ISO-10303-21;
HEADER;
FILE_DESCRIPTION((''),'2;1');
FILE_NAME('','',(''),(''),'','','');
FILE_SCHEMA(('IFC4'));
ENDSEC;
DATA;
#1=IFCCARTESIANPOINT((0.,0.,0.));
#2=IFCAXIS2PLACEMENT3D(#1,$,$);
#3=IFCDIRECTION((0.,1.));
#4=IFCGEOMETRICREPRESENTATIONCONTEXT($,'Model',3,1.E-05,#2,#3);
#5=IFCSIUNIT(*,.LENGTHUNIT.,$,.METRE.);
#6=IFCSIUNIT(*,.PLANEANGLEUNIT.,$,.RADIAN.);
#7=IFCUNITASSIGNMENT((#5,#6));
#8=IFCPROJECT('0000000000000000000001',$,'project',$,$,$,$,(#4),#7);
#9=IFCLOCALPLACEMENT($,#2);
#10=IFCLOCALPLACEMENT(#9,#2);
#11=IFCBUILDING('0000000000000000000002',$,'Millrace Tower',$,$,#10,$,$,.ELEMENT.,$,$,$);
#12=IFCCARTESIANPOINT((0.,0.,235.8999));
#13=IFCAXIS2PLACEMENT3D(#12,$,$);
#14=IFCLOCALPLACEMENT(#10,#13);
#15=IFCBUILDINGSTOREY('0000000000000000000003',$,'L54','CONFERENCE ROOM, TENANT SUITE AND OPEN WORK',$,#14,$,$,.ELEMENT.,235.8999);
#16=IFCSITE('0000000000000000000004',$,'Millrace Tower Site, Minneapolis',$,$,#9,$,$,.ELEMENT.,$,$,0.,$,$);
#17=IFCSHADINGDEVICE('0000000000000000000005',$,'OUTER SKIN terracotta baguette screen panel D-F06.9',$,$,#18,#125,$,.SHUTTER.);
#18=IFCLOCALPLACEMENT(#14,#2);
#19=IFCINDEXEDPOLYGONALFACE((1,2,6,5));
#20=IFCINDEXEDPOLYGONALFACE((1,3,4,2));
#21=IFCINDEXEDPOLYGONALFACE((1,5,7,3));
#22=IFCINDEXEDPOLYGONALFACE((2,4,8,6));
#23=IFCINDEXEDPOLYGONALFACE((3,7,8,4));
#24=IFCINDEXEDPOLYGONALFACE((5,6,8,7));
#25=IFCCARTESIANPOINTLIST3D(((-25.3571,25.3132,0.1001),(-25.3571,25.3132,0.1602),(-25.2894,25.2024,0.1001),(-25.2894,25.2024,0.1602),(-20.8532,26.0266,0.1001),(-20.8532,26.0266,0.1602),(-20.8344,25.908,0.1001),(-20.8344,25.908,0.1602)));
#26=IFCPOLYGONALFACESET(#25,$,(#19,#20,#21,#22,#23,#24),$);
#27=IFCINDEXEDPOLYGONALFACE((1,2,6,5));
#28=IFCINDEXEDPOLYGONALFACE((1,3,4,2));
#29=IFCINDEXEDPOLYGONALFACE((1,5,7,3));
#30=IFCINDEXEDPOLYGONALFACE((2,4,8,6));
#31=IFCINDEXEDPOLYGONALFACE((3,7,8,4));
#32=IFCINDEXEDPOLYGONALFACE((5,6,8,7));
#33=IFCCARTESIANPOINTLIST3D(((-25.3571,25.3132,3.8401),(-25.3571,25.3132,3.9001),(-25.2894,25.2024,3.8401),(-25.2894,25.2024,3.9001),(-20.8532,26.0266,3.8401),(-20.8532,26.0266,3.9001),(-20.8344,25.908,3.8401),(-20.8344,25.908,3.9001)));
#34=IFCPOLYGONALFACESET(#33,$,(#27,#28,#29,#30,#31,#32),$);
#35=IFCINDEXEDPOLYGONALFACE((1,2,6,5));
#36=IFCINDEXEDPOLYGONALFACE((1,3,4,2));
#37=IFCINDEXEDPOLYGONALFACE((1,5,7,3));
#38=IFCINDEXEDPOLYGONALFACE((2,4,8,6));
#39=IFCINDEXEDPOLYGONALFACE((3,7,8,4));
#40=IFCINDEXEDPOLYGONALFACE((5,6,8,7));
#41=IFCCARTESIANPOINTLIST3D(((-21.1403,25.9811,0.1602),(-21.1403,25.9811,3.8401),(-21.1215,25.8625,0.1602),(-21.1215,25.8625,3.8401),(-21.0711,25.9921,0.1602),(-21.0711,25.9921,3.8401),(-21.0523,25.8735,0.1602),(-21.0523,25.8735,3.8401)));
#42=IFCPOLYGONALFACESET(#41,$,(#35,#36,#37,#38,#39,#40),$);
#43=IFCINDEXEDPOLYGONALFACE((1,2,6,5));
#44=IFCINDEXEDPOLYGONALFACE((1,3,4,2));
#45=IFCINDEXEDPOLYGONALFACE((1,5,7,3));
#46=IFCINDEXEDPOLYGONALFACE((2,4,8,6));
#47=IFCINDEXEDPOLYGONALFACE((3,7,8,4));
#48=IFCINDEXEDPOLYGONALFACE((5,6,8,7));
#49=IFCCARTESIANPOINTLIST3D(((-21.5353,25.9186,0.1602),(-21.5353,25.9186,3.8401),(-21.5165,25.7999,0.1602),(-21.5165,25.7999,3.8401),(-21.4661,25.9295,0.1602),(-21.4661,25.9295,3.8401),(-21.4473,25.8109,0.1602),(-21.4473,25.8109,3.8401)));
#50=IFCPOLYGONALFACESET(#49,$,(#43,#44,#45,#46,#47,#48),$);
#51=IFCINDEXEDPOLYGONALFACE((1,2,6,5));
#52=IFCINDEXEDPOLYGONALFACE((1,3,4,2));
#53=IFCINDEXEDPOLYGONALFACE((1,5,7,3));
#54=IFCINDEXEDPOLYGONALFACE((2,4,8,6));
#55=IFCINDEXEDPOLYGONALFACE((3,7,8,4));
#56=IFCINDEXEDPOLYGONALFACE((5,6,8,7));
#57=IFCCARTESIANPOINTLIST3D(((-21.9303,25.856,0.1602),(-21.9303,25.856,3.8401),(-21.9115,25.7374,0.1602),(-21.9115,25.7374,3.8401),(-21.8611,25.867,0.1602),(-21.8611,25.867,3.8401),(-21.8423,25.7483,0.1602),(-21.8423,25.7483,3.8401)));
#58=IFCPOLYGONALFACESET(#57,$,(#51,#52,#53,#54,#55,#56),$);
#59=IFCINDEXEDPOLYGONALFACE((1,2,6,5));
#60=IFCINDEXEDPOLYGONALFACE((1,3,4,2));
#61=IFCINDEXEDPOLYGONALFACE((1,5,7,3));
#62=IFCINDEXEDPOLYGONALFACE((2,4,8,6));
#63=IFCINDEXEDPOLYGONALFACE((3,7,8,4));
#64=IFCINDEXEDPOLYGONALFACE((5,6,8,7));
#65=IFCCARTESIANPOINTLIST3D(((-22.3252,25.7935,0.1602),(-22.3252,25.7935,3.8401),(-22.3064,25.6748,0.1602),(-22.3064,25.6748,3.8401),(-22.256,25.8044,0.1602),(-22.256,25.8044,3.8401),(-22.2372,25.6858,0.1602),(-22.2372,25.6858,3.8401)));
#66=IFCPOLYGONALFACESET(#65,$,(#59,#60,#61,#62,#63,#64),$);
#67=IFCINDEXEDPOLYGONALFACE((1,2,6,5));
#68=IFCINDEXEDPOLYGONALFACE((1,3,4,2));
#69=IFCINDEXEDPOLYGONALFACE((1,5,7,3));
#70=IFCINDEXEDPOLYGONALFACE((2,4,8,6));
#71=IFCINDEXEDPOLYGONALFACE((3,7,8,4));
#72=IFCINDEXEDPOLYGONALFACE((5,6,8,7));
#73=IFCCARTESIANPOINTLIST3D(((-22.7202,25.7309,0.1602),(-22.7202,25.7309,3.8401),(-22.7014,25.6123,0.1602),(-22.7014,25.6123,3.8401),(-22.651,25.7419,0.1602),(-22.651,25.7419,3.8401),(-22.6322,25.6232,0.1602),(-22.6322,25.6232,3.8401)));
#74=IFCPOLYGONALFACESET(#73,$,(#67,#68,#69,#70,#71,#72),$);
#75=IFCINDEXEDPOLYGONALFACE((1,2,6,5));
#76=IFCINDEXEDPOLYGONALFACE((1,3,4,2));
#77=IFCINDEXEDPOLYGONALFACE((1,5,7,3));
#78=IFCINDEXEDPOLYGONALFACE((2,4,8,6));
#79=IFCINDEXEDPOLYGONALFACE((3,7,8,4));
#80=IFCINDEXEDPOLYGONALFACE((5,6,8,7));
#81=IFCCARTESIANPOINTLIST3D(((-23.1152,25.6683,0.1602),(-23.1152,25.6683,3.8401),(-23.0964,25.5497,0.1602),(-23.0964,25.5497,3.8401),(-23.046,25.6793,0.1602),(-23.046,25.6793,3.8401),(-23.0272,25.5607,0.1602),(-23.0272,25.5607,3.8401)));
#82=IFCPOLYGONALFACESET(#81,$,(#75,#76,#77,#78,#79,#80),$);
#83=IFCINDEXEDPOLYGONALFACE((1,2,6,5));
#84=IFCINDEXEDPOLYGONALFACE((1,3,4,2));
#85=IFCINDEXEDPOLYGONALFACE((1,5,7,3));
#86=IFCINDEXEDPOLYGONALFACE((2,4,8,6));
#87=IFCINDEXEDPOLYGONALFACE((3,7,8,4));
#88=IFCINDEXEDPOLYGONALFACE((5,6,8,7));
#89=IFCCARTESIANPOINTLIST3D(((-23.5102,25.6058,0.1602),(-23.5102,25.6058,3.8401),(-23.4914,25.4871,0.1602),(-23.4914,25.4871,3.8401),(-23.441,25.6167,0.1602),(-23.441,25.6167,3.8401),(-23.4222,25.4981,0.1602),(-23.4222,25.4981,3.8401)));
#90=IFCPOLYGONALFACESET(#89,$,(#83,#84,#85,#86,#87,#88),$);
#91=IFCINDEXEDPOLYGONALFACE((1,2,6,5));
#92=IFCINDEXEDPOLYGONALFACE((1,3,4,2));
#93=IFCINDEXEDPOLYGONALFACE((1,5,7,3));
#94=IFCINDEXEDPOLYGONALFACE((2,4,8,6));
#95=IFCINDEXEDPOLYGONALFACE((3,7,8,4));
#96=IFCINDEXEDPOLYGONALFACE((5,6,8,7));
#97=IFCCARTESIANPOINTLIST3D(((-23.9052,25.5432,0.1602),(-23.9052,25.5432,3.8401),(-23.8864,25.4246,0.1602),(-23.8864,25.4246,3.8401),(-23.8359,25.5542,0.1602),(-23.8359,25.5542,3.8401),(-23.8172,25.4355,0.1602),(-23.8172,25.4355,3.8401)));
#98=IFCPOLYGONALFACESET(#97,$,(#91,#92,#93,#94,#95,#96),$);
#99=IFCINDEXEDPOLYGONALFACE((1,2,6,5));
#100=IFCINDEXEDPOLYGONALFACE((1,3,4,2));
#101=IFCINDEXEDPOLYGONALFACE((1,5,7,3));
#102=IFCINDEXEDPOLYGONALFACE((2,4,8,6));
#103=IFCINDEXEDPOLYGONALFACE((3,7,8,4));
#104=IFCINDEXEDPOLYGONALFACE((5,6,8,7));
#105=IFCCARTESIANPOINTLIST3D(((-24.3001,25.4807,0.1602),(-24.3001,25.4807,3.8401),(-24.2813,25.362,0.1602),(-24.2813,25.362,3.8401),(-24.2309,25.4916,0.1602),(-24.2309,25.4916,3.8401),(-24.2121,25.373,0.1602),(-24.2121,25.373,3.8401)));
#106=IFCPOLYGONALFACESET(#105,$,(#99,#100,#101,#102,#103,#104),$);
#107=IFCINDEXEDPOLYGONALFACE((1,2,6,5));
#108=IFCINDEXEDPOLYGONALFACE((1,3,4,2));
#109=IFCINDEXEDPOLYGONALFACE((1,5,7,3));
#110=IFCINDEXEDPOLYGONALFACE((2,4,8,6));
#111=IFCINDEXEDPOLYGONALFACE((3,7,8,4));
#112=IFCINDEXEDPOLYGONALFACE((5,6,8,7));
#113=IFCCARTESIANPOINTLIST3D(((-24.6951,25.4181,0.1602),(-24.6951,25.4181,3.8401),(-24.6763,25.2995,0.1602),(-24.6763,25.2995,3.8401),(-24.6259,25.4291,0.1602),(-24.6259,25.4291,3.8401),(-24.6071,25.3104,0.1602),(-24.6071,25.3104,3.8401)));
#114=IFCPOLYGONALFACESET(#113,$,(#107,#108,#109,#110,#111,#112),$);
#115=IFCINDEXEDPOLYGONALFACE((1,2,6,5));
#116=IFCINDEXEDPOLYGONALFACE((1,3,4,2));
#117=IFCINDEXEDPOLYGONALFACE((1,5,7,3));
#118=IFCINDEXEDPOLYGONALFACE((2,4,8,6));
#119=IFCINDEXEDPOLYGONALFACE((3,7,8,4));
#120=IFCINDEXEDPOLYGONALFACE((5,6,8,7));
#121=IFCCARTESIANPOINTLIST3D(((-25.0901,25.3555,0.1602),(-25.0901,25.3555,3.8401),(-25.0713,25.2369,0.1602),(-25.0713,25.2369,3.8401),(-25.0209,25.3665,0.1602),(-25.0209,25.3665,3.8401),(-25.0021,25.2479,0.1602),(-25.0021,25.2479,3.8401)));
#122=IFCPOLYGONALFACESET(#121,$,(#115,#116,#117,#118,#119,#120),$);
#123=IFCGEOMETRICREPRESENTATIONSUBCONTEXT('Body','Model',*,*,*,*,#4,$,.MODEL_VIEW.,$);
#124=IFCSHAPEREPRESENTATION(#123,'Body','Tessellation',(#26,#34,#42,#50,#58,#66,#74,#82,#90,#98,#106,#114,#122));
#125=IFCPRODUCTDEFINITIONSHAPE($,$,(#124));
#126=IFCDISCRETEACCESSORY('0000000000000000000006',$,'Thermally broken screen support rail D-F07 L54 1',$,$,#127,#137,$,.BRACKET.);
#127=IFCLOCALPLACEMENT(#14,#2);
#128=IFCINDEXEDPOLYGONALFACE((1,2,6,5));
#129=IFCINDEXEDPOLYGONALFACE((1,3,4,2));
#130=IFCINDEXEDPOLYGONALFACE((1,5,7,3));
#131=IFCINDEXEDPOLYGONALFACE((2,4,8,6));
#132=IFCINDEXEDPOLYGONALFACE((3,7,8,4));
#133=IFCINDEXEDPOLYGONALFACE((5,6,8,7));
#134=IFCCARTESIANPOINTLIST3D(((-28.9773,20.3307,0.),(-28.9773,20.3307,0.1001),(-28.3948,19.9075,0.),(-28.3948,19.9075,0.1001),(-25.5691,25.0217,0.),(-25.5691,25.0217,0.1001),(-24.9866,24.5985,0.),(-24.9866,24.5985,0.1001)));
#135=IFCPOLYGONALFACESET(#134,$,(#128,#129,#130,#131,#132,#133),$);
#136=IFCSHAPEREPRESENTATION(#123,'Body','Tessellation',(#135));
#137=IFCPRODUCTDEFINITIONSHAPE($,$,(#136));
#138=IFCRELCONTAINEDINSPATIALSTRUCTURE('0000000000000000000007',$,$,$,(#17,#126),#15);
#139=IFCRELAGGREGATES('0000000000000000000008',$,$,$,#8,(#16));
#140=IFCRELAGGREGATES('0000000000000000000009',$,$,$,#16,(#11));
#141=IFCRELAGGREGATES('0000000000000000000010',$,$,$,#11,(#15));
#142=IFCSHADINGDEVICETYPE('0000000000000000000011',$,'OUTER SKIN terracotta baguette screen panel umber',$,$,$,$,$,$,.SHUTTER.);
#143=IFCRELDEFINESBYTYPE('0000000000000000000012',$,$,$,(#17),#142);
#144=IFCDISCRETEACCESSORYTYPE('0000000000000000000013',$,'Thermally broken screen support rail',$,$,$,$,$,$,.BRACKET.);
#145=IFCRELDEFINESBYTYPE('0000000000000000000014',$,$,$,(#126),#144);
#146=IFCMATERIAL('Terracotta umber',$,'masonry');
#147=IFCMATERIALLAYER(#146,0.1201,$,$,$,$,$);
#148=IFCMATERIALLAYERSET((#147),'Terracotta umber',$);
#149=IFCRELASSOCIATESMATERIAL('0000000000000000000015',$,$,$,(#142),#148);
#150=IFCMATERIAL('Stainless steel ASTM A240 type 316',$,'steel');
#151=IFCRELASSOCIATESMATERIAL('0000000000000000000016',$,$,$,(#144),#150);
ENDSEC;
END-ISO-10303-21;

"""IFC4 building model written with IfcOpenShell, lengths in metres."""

from ifc_helpers import new_model, entity, si_unit, direction, frame, frame_2d, origin, origin_2d, place, context, subcontext, project, spatial, rectangle, extrude, source, transform, mapped, material, layer, layer_set, type_object, element, save


model = new_model("IFC4")

# Units and contexts
model_context = context("Model", 3, precision=1e-05, world=origin(), true_north=direction((0.0, 1.0)))
body_context = subcontext(model_context, "Body", "Model", "MODEL_VIEW")
ifc_project = project(units=[si_unit("LENGTHUNIT", "METRE"), si_unit("PLANEANGLEUNIT", "RADIAN")], contexts=[model_context])

# Site, building, storey
site_placement = place(None, origin())
site = spatial("IfcSite", under=ifc_project, at=site_placement, Name="Millrace Tower Site, Minneapolis", CompositionType="ELEMENT", RefElevation=0.0)
building_placement = place(site_placement, origin())
building = spatial("IfcBuilding", under=site, at=building_placement, Name="Millrace Tower", CompositionType="ELEMENT")
storey_placement = place(building_placement, frame((0.0, 0.0, 235.8999)))
storey = spatial("IfcBuildingStorey", under=building, at=storey_placement, Name="L54", Description="CONFERENCE ROOM, TENANT SUITE AND OPEN WORK", CompositionType="ELEMENT", Elevation=235.8999)

# Shading device
ifc_material_1 = material(Name="Terracotta umber", Category="masonry")
ifc_layer_1 = layer(ifc_material_1, 0.1201)
ifc_layer_set_1 = layer_set([ifc_layer_1], Name="Terracotta umber")
shading_device_type = type_object("IfcShadingDeviceType", Name="OUTER SKIN terracotta baguette screen panel umber", PredefinedType="SHUTTER", material=ifc_layer_set_1)
cartesian_point_1 = entity("IfcCartesianPoint", [-2.2676, 0.0601])
shared_polyline_1 = entity("IfcPolyline", [cartesian_point_1, entity("IfcCartesianPoint", [2.2429, 0.0601]), entity("IfcCartesianPoint", [2.2925, -0.0601]), entity("IfcCartesianPoint", [-2.2676, -0.0601]), cartesian_point_1])
shared_shape_1 = source(origin(), body_context, "Body", "SweptSolid", [
    entity("IfcExtrudedAreaSolid", entity("IfcArbitraryClosedProfileDef", "AREA", None, shared_polyline_1), entity("IfcAxis2Placement3D", entity("IfcCartesianPoint", [0.0, 0.0, 0.0])), entity("IfcDirection", [0.0, 0.0, 1.0]), 0.0601),
    entity("IfcExtrudedAreaSolid", entity("IfcArbitraryClosedProfileDef", "AREA", None, shared_polyline_1), entity("IfcAxis2Placement3D", entity("IfcCartesianPoint", [0.0, 0.0, 3.74])), entity("IfcDirection", [0.0, 0.0, 1.0]), 0.0601),
    extrude(rectangle(XDim=0.0701, YDim=0.1201, at=frame_2d((-2.012, 0.0))), frame((0.0, 0.0, 0.0601)), (0.0, 0.0, 1.0), 3.6799),
    extrude(rectangle(XDim=0.0701, YDim=0.1201, at=frame_2d((-1.6121, 0.0))), frame((0.0, 0.0, 0.0601)), (0.0, 0.0, 1.0), 3.6799),
    extrude(rectangle(XDim=0.0701, YDim=0.1201, at=frame_2d((-1.2122, 0.0))), frame((0.0, 0.0, 0.0601)), (0.0, 0.0, 1.0), 3.6799),
    extrude(rectangle(XDim=0.0701, YDim=0.1201, at=frame_2d((-0.8123, 0.0))), frame((0.0, 0.0, 0.0601)), (0.0, 0.0, 1.0), 3.6799),
    extrude(rectangle(XDim=0.0701, YDim=0.1201, at=frame_2d((-0.4124, 0.0))), frame((0.0, 0.0, 0.0601)), (0.0, 0.0, 1.0), 3.6799),
    extrude(rectangle(XDim=0.0701, YDim=0.1201, at=frame_2d((-0.0125, 0.0))), frame((0.0, 0.0, 0.0601)), (0.0, 0.0, 1.0), 3.6799),
    extrude(rectangle(XDim=0.0701, YDim=0.1201, at=frame_2d((0.3875, 0.0))), frame((0.0, 0.0, 0.0601)), (0.0, 0.0, 1.0), 3.6799),
    extrude(rectangle(XDim=0.0701, YDim=0.1201, at=frame_2d((0.7874, 0.0))), frame((0.0, 0.0, 0.0601)), (0.0, 0.0, 1.0), 3.6799),
    extrude(rectangle(XDim=0.0701, YDim=0.1201, at=frame_2d((1.1873, 0.0))), frame((0.0, 0.0, 0.0601)), (0.0, 0.0, 1.0), 3.6799),
    extrude(rectangle(XDim=0.0701, YDim=0.1201, at=frame_2d((1.5872, 0.0))), frame((0.0, 0.0, 0.0601)), (0.0, 0.0, 1.0), 3.6799),
    extrude(rectangle(XDim=0.0701, YDim=0.1201, at=frame_2d((1.9871, 0.0))), frame((0.0, 0.0, 0.0601)), (0.0, 0.0, 1.0), 3.6799),
])
shading_device_1_placement = place(storey_placement, frame((-23.0835, 25.6125, 0.1001), z_axis=(0.0, 0.0, 1.0), x_axis=(-0.987688, -0.156434, 0.0)))
element("IfcShadingDevice", 1, at=shading_device_1_placement, inside=storey, type_object=shading_device_type, Name="OUTER SKIN terracotta baguette screen panel D-F06.9", PredefinedType="SHUTTER", context=body_context, shape_type="MappedRepresentation", body=[
    mapped(shared_shape_1, transform((0.0, 0.0, 0.0), scale=1.0)),
])

# Discrete accessory
ifc_material_2 = material(Name="Stainless steel ASTM A240 type 316", Category="steel")
discrete_accessory_type = type_object("IfcDiscreteAccessoryType", Name="Thermally broken screen support rail", PredefinedType="BRACKET", material=ifc_material_2)
discrete_accessory_placement = place(storey_placement, frame((-26.9819, 22.4646, 0.0), z_axis=(0.0, 0.0, 1.0), x_axis=(-0.587785, -0.809017, 0.0)))
element("IfcDiscreteAccessory", 2, at=discrete_accessory_placement, inside=storey, type_object=discrete_accessory_type, Name="Thermally broken screen support rail D-F07 L54 1", PredefinedType="BRACKET", context=body_context, shape_type="SweptSolid", body=[
    extrude(rectangle(XDim=5.7983, YDim=0.72, at=origin_2d()), origin(), (0.0, 0.0, 1.0), 0.1001),
])

save(model, "model.ifc")
